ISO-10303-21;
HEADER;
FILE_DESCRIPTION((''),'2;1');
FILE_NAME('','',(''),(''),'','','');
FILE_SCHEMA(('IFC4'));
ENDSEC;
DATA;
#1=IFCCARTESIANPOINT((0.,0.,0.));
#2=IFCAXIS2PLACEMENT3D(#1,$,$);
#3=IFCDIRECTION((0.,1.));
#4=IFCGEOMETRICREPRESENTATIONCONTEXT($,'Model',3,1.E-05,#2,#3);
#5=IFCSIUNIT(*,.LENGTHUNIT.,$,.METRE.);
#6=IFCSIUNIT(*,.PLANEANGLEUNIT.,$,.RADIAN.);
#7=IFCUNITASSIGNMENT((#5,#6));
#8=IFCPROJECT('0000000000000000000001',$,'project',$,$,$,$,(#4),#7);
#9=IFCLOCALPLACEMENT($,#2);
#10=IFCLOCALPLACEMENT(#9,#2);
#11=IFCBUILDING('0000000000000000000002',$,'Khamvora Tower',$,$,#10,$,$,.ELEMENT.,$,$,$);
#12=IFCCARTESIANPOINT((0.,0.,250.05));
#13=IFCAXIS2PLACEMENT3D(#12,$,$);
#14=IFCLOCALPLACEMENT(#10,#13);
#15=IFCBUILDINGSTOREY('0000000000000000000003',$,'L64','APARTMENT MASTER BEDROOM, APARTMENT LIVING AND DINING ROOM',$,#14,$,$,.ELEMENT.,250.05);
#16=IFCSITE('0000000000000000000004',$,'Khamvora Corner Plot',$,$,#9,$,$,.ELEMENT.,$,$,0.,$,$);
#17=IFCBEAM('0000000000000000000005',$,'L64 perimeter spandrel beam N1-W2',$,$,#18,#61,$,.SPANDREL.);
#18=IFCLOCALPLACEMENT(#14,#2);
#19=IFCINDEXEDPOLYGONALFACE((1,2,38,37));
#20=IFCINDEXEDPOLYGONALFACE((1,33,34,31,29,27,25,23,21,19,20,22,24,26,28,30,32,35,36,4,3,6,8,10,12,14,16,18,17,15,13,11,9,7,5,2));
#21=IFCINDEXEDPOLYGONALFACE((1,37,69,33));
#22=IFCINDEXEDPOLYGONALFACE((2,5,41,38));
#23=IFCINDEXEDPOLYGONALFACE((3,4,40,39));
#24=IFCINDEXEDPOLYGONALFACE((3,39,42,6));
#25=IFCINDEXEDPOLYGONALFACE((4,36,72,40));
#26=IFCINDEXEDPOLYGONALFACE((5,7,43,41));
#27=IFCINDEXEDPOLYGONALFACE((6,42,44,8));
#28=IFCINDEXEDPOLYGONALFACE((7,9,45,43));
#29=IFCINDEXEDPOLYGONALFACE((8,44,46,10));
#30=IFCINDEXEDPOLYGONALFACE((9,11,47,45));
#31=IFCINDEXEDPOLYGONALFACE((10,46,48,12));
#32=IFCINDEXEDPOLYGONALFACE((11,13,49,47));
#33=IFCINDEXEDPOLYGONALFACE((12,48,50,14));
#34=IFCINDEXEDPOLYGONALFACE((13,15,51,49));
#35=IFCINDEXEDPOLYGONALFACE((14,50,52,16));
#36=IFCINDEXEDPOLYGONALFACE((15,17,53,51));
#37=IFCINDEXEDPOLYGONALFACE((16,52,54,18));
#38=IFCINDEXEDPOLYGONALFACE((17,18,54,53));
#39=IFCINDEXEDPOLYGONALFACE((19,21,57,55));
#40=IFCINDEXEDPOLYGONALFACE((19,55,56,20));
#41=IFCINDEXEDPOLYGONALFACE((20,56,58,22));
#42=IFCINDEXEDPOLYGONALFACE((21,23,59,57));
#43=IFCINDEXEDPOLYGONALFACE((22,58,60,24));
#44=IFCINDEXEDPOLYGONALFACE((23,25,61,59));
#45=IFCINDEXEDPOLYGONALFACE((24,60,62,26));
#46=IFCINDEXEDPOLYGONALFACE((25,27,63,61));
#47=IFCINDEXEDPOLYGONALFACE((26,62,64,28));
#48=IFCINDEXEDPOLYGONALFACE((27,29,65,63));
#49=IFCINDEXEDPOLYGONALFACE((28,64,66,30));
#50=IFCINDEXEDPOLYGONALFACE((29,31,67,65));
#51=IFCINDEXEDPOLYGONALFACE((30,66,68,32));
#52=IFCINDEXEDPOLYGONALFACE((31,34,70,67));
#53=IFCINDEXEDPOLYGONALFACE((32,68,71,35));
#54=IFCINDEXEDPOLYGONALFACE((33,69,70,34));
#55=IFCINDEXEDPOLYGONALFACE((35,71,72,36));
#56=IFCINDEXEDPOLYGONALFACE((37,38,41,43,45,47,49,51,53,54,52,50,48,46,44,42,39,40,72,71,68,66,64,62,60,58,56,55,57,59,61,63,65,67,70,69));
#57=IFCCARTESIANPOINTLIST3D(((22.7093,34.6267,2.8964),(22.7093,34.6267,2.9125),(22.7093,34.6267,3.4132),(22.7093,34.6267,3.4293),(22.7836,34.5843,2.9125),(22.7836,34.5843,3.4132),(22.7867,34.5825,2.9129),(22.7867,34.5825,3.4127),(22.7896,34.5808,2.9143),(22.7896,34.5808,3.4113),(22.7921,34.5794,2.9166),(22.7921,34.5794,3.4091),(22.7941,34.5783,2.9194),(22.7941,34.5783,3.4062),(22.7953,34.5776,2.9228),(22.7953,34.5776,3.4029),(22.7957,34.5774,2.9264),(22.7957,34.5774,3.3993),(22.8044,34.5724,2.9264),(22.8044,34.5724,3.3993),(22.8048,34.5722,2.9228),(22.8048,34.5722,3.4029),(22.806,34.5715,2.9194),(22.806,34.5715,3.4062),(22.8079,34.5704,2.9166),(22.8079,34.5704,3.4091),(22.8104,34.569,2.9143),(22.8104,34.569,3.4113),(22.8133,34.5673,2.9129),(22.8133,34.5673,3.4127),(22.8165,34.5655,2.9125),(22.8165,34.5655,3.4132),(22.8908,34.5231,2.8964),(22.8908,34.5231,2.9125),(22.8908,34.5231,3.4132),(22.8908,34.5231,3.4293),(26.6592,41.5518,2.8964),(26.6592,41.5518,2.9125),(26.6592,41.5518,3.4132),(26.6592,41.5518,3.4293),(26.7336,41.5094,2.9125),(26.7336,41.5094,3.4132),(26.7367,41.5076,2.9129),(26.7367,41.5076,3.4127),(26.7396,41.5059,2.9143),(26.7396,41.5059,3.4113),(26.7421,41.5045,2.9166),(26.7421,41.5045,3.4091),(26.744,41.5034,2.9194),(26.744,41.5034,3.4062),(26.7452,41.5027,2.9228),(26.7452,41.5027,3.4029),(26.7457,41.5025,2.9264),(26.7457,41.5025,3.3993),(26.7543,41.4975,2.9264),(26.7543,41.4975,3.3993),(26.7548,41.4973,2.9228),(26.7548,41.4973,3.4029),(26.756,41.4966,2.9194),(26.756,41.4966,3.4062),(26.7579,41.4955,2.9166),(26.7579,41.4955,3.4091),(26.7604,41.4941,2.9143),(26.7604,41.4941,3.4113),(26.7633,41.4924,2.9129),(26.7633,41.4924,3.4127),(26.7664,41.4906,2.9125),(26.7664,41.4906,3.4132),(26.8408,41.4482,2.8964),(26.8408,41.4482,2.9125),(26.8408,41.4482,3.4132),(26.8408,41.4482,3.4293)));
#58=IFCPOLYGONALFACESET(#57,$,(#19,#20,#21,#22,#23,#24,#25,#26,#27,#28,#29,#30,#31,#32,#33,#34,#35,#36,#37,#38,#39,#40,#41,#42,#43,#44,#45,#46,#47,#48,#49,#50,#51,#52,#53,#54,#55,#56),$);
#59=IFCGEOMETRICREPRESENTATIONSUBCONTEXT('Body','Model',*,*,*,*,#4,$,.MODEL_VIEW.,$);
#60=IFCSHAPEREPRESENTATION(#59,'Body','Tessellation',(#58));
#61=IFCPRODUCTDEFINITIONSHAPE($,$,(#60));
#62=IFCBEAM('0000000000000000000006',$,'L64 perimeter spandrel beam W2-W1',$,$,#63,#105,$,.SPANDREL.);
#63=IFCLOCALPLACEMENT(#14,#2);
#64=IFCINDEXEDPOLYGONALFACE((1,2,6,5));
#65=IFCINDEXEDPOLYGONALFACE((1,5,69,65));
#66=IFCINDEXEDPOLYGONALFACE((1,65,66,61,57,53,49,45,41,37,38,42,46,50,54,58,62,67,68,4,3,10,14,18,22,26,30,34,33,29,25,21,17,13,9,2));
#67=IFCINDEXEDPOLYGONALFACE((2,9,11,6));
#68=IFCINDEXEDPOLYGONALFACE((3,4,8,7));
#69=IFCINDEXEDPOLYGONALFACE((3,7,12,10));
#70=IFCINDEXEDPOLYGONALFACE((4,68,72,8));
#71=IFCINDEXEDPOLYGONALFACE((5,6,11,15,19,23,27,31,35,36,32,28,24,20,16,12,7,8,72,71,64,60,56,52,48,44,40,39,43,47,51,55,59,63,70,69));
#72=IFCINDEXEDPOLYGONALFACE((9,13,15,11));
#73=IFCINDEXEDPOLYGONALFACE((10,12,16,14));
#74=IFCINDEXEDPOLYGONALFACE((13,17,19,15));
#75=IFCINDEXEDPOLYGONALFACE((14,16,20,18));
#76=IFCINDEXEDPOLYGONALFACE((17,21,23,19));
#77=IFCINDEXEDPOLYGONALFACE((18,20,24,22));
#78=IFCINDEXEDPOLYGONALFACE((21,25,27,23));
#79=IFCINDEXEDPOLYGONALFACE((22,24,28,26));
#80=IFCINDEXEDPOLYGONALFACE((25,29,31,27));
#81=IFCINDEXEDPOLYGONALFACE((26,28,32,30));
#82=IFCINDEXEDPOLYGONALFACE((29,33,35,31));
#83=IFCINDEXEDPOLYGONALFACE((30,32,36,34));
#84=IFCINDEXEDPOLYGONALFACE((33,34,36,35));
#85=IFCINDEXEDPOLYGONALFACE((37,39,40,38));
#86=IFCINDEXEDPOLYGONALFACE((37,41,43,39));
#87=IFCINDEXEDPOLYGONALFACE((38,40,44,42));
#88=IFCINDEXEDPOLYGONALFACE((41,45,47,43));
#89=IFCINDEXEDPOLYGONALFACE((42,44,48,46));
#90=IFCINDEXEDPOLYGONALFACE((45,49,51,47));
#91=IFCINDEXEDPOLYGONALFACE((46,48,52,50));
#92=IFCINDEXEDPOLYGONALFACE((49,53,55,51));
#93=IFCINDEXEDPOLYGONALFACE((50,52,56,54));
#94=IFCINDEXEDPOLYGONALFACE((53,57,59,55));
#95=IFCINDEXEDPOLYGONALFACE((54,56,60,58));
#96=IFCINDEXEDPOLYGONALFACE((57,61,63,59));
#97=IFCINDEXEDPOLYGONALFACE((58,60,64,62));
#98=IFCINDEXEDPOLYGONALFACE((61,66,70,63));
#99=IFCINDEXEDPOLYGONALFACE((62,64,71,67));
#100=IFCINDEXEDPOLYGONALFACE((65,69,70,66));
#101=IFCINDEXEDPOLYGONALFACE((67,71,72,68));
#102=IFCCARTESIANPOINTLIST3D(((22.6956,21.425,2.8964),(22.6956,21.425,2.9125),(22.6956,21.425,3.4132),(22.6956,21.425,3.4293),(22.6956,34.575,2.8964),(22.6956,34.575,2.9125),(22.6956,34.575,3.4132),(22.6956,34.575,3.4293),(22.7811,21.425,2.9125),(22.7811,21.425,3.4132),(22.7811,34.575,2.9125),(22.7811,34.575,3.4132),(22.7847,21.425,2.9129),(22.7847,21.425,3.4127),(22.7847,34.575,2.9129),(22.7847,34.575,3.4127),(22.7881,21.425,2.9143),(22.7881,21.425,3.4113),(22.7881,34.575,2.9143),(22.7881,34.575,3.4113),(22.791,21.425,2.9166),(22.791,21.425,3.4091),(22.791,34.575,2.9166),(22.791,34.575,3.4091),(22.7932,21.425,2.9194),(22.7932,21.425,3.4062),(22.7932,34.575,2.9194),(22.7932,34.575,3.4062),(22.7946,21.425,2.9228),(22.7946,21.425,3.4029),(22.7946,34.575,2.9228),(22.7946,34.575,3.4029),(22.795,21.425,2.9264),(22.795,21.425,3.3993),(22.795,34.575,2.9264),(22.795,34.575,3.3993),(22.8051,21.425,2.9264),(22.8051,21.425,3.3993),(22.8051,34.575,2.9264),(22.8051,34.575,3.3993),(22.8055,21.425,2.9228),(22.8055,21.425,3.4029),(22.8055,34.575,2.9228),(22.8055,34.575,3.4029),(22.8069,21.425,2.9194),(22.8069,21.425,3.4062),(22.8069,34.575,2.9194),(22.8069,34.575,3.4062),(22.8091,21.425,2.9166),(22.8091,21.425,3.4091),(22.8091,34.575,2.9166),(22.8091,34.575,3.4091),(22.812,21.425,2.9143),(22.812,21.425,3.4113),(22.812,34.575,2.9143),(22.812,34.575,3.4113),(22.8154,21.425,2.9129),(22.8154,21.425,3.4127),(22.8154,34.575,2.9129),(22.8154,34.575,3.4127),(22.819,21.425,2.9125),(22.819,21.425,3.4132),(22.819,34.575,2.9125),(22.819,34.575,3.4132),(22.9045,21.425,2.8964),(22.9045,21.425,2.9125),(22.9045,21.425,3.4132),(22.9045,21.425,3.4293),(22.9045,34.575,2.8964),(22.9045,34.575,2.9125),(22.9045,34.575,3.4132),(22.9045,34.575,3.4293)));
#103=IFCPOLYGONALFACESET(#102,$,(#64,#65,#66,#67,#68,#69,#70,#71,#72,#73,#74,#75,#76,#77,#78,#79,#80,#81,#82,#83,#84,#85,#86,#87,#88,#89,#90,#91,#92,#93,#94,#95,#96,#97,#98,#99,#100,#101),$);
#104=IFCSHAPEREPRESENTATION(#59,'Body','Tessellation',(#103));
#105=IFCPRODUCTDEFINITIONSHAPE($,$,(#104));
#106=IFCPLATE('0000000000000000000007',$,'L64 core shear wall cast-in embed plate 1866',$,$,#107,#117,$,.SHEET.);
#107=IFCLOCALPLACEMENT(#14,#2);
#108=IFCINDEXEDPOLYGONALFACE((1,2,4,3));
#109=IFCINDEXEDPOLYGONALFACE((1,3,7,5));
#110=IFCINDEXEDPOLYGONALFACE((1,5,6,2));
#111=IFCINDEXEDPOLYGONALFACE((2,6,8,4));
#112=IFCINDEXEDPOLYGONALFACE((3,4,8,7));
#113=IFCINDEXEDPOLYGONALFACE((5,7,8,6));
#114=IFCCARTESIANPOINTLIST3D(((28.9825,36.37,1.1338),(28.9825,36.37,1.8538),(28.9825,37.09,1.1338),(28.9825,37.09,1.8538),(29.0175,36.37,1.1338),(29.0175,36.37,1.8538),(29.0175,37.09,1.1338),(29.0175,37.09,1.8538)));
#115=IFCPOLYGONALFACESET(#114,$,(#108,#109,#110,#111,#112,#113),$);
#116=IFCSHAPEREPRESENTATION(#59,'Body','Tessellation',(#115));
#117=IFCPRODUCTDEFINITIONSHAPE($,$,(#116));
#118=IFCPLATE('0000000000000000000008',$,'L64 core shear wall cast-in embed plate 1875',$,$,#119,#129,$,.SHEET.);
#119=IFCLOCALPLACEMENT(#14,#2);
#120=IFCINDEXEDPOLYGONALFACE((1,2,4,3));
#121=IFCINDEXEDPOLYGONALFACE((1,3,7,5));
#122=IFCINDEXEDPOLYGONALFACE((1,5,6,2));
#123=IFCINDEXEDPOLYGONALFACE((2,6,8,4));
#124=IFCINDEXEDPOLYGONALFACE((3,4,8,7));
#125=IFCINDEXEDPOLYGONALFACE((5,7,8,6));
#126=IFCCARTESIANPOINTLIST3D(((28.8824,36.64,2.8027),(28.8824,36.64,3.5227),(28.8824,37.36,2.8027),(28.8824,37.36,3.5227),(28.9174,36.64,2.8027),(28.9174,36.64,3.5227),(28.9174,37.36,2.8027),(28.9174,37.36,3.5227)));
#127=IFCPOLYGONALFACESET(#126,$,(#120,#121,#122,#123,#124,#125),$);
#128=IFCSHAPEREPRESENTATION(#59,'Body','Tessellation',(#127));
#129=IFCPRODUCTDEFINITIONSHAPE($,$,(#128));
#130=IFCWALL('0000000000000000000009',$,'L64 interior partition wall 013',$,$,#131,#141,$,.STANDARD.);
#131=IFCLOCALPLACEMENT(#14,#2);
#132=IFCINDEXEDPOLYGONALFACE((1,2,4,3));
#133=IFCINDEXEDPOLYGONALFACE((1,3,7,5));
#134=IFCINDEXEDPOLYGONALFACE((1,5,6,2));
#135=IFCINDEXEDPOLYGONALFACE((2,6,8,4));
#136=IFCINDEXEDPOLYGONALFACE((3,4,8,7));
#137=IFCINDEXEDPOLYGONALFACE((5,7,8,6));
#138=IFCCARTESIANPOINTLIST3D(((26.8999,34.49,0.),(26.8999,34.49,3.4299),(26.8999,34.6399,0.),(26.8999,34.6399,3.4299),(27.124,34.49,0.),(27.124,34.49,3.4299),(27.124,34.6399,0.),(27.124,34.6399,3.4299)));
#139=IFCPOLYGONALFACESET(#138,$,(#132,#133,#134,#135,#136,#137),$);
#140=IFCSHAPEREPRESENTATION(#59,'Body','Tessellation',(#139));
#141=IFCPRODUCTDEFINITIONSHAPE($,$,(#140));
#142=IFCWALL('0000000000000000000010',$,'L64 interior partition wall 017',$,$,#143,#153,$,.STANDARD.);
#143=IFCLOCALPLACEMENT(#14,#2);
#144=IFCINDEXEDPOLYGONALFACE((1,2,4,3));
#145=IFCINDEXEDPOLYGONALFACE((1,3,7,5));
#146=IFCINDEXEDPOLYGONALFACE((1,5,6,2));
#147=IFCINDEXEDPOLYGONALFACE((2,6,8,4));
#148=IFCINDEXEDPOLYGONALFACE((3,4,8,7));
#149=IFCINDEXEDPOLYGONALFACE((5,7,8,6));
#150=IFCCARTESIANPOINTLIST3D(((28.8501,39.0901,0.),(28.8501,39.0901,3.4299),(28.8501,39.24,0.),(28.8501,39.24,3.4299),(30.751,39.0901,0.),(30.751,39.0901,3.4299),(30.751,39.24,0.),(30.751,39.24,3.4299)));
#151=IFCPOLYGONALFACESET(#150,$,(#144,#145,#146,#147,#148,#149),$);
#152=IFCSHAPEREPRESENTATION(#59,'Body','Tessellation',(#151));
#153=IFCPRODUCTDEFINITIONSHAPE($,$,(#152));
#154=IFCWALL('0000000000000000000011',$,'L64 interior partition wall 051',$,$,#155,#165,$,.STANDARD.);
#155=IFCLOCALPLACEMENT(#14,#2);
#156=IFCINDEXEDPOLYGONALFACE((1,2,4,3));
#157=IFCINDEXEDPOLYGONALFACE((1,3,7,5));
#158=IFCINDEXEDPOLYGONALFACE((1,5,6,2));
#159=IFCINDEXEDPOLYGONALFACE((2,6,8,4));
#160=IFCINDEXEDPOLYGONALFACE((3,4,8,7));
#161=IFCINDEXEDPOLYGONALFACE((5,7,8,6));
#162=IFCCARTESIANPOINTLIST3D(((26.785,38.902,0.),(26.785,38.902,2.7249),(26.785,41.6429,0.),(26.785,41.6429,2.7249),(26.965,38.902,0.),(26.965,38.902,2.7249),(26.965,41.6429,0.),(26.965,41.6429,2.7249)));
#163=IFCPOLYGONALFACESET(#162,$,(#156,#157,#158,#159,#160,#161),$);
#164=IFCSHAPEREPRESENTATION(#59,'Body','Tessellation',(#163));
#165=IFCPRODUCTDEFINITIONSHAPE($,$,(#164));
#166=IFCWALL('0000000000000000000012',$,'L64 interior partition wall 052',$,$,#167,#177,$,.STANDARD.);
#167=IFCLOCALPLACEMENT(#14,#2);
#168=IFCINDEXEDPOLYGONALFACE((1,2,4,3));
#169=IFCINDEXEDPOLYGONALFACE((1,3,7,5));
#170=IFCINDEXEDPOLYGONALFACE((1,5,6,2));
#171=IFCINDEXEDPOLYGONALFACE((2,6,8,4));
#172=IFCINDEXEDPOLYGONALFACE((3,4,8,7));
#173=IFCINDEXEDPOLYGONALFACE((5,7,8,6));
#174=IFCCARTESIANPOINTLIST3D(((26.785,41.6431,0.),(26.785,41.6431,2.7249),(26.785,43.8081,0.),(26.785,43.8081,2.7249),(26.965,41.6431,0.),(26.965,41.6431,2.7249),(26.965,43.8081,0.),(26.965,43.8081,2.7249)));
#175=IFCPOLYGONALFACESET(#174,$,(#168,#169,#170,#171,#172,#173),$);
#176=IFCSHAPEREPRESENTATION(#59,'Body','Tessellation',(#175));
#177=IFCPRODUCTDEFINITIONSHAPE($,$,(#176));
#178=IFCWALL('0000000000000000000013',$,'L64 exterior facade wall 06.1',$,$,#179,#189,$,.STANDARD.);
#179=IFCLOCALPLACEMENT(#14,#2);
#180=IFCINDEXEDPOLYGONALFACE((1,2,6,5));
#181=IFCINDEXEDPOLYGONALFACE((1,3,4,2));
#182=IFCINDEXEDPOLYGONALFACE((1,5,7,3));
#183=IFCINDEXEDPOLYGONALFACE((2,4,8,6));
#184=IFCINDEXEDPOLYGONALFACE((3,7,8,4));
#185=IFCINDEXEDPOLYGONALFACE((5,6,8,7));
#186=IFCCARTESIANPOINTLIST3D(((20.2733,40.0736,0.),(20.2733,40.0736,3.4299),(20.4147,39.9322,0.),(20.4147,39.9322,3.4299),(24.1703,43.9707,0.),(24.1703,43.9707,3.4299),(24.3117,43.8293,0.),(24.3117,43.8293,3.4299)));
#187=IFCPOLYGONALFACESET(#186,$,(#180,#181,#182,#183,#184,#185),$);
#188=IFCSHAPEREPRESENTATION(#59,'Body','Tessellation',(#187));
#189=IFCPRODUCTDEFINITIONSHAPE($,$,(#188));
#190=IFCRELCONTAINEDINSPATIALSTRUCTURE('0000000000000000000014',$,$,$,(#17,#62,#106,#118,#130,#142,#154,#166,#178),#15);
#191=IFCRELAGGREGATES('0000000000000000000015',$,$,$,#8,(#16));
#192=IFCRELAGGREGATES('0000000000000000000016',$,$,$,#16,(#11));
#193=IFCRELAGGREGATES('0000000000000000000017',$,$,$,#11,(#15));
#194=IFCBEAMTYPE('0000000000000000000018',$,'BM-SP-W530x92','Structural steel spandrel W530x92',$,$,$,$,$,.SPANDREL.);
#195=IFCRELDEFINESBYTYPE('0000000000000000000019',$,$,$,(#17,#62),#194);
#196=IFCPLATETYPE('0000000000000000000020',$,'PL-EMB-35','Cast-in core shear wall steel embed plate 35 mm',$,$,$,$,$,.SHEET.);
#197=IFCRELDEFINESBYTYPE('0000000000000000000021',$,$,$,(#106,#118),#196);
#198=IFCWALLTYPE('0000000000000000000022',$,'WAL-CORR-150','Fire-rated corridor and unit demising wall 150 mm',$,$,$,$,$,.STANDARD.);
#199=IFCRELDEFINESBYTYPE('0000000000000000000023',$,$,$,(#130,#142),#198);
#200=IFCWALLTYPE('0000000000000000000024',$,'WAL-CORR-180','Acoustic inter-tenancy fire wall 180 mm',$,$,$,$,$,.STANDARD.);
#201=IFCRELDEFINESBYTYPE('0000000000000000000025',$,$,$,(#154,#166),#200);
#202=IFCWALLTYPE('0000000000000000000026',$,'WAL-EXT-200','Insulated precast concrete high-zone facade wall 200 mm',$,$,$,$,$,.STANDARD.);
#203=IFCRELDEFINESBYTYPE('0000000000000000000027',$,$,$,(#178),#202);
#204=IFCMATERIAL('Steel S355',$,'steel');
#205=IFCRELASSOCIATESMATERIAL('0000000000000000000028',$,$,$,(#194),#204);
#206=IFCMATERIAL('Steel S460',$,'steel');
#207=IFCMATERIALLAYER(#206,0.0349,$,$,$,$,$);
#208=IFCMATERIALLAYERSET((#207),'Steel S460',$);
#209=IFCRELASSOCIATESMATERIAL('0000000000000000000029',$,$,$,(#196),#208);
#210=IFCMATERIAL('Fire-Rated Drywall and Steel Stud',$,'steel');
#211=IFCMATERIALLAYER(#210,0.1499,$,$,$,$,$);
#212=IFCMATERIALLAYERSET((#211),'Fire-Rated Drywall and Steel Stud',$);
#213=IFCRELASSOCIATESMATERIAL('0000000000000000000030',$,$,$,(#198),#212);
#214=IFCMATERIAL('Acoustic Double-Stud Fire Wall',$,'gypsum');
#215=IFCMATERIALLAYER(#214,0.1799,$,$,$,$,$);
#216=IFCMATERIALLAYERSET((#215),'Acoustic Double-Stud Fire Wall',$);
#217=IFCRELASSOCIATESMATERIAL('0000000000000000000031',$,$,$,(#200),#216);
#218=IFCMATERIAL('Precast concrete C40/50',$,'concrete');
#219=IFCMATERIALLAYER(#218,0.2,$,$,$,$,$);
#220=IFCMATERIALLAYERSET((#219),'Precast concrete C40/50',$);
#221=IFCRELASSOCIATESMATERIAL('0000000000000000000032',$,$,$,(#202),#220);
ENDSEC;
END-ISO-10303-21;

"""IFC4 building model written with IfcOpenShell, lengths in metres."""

from ifc_helpers import new_model, si_unit, direction, frame, frame_2d, origin, origin_2d, place, context, subcontext, project, spatial, rectangle, i_section, extrude, material, layer, layer_set, material_profile, profile_set, type_object, element, save


model = new_model("IFC4")

# Units and contexts
model_context = context("Model", 3, precision=1e-05, world=origin(), true_north=direction((0.0, 1.0)))
body_context = subcontext(model_context, "Body", "Model", "MODEL_VIEW")
ifc_project = project(units=[si_unit("LENGTHUNIT", "METRE"), si_unit("PLANEANGLEUNIT", "RADIAN")], contexts=[model_context])

# Site, building, storey
site_placement = place(None, origin())
site = spatial("IfcSite", under=ifc_project, at=site_placement, Name="Khamvora Corner Plot", CompositionType="ELEMENT", RefElevation=0.0)
building_placement = place(site_placement, origin())
building = spatial("IfcBuilding", under=site, at=building_placement, Name="Khamvora Tower", CompositionType="ELEMENT")
storey_placement = place(building_placement, frame((0.0, 0.0, 250.05)))
storey = spatial("IfcBuildingStorey", under=building, at=storey_placement, Name="L64", Description="APARTMENT MASTER BEDROOM, APARTMENT LIVING AND DINING ROOM", CompositionType="ELEMENT", Elevation=250.05)

# Shared definitions
ifc_material_1 = material(Name="Steel S355", Category="steel")

# Beams
ifc_material_profile_1 = material_profile(ifc_material_1, i_section(OverallWidth=0.209, OverallDepth=0.533, WebThickness=0.01, FlangeThickness=0.0161, FilletRadius=0.0139, at=origin_2d()), Name="W530x92")
ifc_profile_set_1 = profile_set([ifc_material_profile_1], Name="Steel S355")
beam_type_1 = type_object("IfcBeamType", Name="BM-SP-W530x92", Description="Structural steel spandrel W530x92", PredefinedType="SPANDREL", material=ifc_profile_set_1)
beam_1_placement = place(storey_placement, frame((26.75, 41.5, 3.1628), z_axis=(-0.495456, -0.868633, 0.0), x_axis=(0.868633, -0.495456, 0.0)))
element("IfcBeam", 1, at=beam_1_placement, inside=storey, type_object=beam_type_1, Name="L64 perimeter spandrel beam N1-W2", PredefinedType="SPANDREL", context=body_context, shape_type="SweptSolid", body=[
    extrude(i_section(OverallWidth=0.209, OverallDepth=0.533, WebThickness=0.01, FlangeThickness=0.0161, FilletRadius=0.0139, at=origin_2d()), origin(), (0.0, 0.0, 1.0), 7.9724),
])
beam_2_placement = place(storey_placement, frame((22.8, 34.575, 3.1628), z_axis=(0.0, -1.0, 0.0), x_axis=(1.0, 0.0, 0.0)))
element("IfcBeam", 2, at=beam_2_placement, inside=storey, type_object=beam_type_1, Name="L64 perimeter spandrel beam W2-W1", PredefinedType="SPANDREL", context=body_context, shape_type="SweptSolid", body=[
    extrude(i_section(OverallWidth=0.209, OverallDepth=0.533, WebThickness=0.01, FlangeThickness=0.0161, FilletRadius=0.0139, at=origin_2d()), origin(), (0.0, 0.0, 1.0), 13.1499),
])

# Plates
ifc_material_2 = material(Name="Steel S460", Category="steel")
ifc_layer_1 = layer(ifc_material_2, 0.0349)
ifc_layer_set_1 = layer_set([ifc_layer_1], Name="Steel S460")
plate_type = type_object("IfcPlateType", Name="PL-EMB-35", Description="Cast-in core shear wall steel embed plate 35 mm", PredefinedType="SHEET", material=ifc_layer_set_1)
for number, where, z_axis, x_axis, name in (
    (3, (29.0, 36.73, 1.1338), (0.0, 0.0, 1.0), (1.0, 0.0, 0.0), "L64 core shear wall cast-in embed plate 1866"),
    (4, (28.8999, 37.0, 2.8027), (0.0, 0.0, 1.0), (1.0, 0.0, 0.0), "L64 core shear wall cast-in embed plate 1875"),
):
    element("IfcPlate", number, at=place(storey_placement, frame(where, z_axis=z_axis, x_axis=x_axis)), inside=storey, type_object=plate_type, Name=name, PredefinedType="SHEET", context=body_context, shape_type="SweptSolid", body=[
        extrude(rectangle(XDim=0.0349, YDim=0.72, at=origin_2d()), origin(), (0.0, 0.0, 1.0), 0.72),
    ])

# Walls
ifc_material_3 = material(Name="Fire-Rated Drywall and Steel Stud", Category="steel")
ifc_layer_2 = layer(ifc_material_3, 0.1499)
ifc_layer_set_2 = layer_set([ifc_layer_2], Name="Fire-Rated Drywall and Steel Stud")
wall_type_1 = type_object("IfcWallType", Name="WAL-CORR-150", Description="Fire-rated corridor and unit demising wall 150 mm", PredefinedType="STANDARD", material=ifc_layer_set_2)
wall_1_placement = place(storey_placement, frame((26.8999, 34.5649, 0.0), z_axis=(0.0, 0.0, 1.0), x_axis=(1.0, 0.0, 0.0)))
element("IfcWall", 5, at=wall_1_placement, inside=storey, type_object=wall_type_1, Name="L64 interior partition wall 013", PredefinedType="STANDARD", context=body_context, shape_type="SweptSolid", body=[
    extrude(rectangle(XDim=0.2241, YDim=0.1499, at=frame_2d((0.1121, 0.0))), origin(), (0.0, 0.0, 1.0), 3.4299),
])
wall_2_placement = place(storey_placement, frame((28.8501, 39.165, 0.0), z_axis=(0.0, 0.0, 1.0), x_axis=(1.0, 0.0, 0.0)))
element("IfcWall", 6, at=wall_2_placement, inside=storey, type_object=wall_type_1, Name="L64 interior partition wall 017", PredefinedType="STANDARD", context=body_context, shape_type="SweptSolid", body=[
    extrude(rectangle(XDim=1.9009, YDim=0.1499, at=frame_2d((0.9504, 0.0))), origin(), (0.0, 0.0, 1.0), 3.4299),
])
ifc_material_4 = material(Name="Acoustic Double-Stud Fire Wall", Category="gypsum")
ifc_layer_3 = layer(ifc_material_4, 0.1799)
ifc_layer_set_3 = layer_set([ifc_layer_3], Name="Acoustic Double-Stud Fire Wall")
wall_type_2 = type_object("IfcWallType", Name="WAL-CORR-180", Description="Acoustic inter-tenancy fire wall 180 mm", PredefinedType="STANDARD", material=ifc_layer_set_3)
wall_3_placement = place(storey_placement, frame((26.875, 41.6431, 0.0), z_axis=(0.0, 0.0, 1.0), x_axis=(0.0, -1.0, 0.0)))
element("IfcWall", 7, at=wall_3_placement, inside=storey, type_object=wall_type_2, Name="L64 interior partition wall 051", PredefinedType="STANDARD", context=body_context, shape_type="SweptSolid", body=[
    extrude(rectangle(XDim=2.741, YDim=0.1799, at=frame_2d((1.3706, 0.0))), origin(), (0.0, 0.0, 1.0), 2.7249),
])
wall_4_placement = place(storey_placement, frame((26.875, 43.8081, 0.0), z_axis=(0.0, 0.0, 1.0), x_axis=(0.0, -1.0, 0.0)))
element("IfcWall", 8, at=wall_4_placement, inside=storey, type_object=wall_type_2, Name="L64 interior partition wall 052", PredefinedType="STANDARD", context=body_context, shape_type="SweptSolid", body=[
    extrude(rectangle(XDim=2.165, YDim=0.1799, at=frame_2d((1.0825, 0.0))), origin(), (0.0, 0.0, 1.0), 2.7249),
])
ifc_material_5 = material(Name="Precast concrete C40/50", Category="concrete")
ifc_layer_4 = layer(ifc_material_5, 0.2)
ifc_layer_set_4 = layer_set([ifc_layer_4], Name="Precast concrete C40/50")
wall_type_3 = type_object("IfcWallType", Name="WAL-EXT-200", Description="Insulated precast concrete high-zone facade wall 200 mm", PredefinedType="STANDARD", material=ifc_layer_set_4)
wall_5_placement = place(storey_placement, frame((20.344, 40.0029, 0.0), z_axis=(0.0, 0.0, 1.0), x_axis=(0.707107, 0.707107, 0.0)))
element("IfcWall", 9, at=wall_5_placement, inside=storey, type_object=wall_type_3, Name="L64 exterior facade wall 06.1", PredefinedType="STANDARD", context=body_context, shape_type="SweptSolid", body=[
    extrude(rectangle(XDim=5.5112, YDim=0.2, at=frame_2d((2.7556, 0.0))), origin(), (0.0, 0.0, 1.0), 3.4299),
])

save(model, "model.ifc")
